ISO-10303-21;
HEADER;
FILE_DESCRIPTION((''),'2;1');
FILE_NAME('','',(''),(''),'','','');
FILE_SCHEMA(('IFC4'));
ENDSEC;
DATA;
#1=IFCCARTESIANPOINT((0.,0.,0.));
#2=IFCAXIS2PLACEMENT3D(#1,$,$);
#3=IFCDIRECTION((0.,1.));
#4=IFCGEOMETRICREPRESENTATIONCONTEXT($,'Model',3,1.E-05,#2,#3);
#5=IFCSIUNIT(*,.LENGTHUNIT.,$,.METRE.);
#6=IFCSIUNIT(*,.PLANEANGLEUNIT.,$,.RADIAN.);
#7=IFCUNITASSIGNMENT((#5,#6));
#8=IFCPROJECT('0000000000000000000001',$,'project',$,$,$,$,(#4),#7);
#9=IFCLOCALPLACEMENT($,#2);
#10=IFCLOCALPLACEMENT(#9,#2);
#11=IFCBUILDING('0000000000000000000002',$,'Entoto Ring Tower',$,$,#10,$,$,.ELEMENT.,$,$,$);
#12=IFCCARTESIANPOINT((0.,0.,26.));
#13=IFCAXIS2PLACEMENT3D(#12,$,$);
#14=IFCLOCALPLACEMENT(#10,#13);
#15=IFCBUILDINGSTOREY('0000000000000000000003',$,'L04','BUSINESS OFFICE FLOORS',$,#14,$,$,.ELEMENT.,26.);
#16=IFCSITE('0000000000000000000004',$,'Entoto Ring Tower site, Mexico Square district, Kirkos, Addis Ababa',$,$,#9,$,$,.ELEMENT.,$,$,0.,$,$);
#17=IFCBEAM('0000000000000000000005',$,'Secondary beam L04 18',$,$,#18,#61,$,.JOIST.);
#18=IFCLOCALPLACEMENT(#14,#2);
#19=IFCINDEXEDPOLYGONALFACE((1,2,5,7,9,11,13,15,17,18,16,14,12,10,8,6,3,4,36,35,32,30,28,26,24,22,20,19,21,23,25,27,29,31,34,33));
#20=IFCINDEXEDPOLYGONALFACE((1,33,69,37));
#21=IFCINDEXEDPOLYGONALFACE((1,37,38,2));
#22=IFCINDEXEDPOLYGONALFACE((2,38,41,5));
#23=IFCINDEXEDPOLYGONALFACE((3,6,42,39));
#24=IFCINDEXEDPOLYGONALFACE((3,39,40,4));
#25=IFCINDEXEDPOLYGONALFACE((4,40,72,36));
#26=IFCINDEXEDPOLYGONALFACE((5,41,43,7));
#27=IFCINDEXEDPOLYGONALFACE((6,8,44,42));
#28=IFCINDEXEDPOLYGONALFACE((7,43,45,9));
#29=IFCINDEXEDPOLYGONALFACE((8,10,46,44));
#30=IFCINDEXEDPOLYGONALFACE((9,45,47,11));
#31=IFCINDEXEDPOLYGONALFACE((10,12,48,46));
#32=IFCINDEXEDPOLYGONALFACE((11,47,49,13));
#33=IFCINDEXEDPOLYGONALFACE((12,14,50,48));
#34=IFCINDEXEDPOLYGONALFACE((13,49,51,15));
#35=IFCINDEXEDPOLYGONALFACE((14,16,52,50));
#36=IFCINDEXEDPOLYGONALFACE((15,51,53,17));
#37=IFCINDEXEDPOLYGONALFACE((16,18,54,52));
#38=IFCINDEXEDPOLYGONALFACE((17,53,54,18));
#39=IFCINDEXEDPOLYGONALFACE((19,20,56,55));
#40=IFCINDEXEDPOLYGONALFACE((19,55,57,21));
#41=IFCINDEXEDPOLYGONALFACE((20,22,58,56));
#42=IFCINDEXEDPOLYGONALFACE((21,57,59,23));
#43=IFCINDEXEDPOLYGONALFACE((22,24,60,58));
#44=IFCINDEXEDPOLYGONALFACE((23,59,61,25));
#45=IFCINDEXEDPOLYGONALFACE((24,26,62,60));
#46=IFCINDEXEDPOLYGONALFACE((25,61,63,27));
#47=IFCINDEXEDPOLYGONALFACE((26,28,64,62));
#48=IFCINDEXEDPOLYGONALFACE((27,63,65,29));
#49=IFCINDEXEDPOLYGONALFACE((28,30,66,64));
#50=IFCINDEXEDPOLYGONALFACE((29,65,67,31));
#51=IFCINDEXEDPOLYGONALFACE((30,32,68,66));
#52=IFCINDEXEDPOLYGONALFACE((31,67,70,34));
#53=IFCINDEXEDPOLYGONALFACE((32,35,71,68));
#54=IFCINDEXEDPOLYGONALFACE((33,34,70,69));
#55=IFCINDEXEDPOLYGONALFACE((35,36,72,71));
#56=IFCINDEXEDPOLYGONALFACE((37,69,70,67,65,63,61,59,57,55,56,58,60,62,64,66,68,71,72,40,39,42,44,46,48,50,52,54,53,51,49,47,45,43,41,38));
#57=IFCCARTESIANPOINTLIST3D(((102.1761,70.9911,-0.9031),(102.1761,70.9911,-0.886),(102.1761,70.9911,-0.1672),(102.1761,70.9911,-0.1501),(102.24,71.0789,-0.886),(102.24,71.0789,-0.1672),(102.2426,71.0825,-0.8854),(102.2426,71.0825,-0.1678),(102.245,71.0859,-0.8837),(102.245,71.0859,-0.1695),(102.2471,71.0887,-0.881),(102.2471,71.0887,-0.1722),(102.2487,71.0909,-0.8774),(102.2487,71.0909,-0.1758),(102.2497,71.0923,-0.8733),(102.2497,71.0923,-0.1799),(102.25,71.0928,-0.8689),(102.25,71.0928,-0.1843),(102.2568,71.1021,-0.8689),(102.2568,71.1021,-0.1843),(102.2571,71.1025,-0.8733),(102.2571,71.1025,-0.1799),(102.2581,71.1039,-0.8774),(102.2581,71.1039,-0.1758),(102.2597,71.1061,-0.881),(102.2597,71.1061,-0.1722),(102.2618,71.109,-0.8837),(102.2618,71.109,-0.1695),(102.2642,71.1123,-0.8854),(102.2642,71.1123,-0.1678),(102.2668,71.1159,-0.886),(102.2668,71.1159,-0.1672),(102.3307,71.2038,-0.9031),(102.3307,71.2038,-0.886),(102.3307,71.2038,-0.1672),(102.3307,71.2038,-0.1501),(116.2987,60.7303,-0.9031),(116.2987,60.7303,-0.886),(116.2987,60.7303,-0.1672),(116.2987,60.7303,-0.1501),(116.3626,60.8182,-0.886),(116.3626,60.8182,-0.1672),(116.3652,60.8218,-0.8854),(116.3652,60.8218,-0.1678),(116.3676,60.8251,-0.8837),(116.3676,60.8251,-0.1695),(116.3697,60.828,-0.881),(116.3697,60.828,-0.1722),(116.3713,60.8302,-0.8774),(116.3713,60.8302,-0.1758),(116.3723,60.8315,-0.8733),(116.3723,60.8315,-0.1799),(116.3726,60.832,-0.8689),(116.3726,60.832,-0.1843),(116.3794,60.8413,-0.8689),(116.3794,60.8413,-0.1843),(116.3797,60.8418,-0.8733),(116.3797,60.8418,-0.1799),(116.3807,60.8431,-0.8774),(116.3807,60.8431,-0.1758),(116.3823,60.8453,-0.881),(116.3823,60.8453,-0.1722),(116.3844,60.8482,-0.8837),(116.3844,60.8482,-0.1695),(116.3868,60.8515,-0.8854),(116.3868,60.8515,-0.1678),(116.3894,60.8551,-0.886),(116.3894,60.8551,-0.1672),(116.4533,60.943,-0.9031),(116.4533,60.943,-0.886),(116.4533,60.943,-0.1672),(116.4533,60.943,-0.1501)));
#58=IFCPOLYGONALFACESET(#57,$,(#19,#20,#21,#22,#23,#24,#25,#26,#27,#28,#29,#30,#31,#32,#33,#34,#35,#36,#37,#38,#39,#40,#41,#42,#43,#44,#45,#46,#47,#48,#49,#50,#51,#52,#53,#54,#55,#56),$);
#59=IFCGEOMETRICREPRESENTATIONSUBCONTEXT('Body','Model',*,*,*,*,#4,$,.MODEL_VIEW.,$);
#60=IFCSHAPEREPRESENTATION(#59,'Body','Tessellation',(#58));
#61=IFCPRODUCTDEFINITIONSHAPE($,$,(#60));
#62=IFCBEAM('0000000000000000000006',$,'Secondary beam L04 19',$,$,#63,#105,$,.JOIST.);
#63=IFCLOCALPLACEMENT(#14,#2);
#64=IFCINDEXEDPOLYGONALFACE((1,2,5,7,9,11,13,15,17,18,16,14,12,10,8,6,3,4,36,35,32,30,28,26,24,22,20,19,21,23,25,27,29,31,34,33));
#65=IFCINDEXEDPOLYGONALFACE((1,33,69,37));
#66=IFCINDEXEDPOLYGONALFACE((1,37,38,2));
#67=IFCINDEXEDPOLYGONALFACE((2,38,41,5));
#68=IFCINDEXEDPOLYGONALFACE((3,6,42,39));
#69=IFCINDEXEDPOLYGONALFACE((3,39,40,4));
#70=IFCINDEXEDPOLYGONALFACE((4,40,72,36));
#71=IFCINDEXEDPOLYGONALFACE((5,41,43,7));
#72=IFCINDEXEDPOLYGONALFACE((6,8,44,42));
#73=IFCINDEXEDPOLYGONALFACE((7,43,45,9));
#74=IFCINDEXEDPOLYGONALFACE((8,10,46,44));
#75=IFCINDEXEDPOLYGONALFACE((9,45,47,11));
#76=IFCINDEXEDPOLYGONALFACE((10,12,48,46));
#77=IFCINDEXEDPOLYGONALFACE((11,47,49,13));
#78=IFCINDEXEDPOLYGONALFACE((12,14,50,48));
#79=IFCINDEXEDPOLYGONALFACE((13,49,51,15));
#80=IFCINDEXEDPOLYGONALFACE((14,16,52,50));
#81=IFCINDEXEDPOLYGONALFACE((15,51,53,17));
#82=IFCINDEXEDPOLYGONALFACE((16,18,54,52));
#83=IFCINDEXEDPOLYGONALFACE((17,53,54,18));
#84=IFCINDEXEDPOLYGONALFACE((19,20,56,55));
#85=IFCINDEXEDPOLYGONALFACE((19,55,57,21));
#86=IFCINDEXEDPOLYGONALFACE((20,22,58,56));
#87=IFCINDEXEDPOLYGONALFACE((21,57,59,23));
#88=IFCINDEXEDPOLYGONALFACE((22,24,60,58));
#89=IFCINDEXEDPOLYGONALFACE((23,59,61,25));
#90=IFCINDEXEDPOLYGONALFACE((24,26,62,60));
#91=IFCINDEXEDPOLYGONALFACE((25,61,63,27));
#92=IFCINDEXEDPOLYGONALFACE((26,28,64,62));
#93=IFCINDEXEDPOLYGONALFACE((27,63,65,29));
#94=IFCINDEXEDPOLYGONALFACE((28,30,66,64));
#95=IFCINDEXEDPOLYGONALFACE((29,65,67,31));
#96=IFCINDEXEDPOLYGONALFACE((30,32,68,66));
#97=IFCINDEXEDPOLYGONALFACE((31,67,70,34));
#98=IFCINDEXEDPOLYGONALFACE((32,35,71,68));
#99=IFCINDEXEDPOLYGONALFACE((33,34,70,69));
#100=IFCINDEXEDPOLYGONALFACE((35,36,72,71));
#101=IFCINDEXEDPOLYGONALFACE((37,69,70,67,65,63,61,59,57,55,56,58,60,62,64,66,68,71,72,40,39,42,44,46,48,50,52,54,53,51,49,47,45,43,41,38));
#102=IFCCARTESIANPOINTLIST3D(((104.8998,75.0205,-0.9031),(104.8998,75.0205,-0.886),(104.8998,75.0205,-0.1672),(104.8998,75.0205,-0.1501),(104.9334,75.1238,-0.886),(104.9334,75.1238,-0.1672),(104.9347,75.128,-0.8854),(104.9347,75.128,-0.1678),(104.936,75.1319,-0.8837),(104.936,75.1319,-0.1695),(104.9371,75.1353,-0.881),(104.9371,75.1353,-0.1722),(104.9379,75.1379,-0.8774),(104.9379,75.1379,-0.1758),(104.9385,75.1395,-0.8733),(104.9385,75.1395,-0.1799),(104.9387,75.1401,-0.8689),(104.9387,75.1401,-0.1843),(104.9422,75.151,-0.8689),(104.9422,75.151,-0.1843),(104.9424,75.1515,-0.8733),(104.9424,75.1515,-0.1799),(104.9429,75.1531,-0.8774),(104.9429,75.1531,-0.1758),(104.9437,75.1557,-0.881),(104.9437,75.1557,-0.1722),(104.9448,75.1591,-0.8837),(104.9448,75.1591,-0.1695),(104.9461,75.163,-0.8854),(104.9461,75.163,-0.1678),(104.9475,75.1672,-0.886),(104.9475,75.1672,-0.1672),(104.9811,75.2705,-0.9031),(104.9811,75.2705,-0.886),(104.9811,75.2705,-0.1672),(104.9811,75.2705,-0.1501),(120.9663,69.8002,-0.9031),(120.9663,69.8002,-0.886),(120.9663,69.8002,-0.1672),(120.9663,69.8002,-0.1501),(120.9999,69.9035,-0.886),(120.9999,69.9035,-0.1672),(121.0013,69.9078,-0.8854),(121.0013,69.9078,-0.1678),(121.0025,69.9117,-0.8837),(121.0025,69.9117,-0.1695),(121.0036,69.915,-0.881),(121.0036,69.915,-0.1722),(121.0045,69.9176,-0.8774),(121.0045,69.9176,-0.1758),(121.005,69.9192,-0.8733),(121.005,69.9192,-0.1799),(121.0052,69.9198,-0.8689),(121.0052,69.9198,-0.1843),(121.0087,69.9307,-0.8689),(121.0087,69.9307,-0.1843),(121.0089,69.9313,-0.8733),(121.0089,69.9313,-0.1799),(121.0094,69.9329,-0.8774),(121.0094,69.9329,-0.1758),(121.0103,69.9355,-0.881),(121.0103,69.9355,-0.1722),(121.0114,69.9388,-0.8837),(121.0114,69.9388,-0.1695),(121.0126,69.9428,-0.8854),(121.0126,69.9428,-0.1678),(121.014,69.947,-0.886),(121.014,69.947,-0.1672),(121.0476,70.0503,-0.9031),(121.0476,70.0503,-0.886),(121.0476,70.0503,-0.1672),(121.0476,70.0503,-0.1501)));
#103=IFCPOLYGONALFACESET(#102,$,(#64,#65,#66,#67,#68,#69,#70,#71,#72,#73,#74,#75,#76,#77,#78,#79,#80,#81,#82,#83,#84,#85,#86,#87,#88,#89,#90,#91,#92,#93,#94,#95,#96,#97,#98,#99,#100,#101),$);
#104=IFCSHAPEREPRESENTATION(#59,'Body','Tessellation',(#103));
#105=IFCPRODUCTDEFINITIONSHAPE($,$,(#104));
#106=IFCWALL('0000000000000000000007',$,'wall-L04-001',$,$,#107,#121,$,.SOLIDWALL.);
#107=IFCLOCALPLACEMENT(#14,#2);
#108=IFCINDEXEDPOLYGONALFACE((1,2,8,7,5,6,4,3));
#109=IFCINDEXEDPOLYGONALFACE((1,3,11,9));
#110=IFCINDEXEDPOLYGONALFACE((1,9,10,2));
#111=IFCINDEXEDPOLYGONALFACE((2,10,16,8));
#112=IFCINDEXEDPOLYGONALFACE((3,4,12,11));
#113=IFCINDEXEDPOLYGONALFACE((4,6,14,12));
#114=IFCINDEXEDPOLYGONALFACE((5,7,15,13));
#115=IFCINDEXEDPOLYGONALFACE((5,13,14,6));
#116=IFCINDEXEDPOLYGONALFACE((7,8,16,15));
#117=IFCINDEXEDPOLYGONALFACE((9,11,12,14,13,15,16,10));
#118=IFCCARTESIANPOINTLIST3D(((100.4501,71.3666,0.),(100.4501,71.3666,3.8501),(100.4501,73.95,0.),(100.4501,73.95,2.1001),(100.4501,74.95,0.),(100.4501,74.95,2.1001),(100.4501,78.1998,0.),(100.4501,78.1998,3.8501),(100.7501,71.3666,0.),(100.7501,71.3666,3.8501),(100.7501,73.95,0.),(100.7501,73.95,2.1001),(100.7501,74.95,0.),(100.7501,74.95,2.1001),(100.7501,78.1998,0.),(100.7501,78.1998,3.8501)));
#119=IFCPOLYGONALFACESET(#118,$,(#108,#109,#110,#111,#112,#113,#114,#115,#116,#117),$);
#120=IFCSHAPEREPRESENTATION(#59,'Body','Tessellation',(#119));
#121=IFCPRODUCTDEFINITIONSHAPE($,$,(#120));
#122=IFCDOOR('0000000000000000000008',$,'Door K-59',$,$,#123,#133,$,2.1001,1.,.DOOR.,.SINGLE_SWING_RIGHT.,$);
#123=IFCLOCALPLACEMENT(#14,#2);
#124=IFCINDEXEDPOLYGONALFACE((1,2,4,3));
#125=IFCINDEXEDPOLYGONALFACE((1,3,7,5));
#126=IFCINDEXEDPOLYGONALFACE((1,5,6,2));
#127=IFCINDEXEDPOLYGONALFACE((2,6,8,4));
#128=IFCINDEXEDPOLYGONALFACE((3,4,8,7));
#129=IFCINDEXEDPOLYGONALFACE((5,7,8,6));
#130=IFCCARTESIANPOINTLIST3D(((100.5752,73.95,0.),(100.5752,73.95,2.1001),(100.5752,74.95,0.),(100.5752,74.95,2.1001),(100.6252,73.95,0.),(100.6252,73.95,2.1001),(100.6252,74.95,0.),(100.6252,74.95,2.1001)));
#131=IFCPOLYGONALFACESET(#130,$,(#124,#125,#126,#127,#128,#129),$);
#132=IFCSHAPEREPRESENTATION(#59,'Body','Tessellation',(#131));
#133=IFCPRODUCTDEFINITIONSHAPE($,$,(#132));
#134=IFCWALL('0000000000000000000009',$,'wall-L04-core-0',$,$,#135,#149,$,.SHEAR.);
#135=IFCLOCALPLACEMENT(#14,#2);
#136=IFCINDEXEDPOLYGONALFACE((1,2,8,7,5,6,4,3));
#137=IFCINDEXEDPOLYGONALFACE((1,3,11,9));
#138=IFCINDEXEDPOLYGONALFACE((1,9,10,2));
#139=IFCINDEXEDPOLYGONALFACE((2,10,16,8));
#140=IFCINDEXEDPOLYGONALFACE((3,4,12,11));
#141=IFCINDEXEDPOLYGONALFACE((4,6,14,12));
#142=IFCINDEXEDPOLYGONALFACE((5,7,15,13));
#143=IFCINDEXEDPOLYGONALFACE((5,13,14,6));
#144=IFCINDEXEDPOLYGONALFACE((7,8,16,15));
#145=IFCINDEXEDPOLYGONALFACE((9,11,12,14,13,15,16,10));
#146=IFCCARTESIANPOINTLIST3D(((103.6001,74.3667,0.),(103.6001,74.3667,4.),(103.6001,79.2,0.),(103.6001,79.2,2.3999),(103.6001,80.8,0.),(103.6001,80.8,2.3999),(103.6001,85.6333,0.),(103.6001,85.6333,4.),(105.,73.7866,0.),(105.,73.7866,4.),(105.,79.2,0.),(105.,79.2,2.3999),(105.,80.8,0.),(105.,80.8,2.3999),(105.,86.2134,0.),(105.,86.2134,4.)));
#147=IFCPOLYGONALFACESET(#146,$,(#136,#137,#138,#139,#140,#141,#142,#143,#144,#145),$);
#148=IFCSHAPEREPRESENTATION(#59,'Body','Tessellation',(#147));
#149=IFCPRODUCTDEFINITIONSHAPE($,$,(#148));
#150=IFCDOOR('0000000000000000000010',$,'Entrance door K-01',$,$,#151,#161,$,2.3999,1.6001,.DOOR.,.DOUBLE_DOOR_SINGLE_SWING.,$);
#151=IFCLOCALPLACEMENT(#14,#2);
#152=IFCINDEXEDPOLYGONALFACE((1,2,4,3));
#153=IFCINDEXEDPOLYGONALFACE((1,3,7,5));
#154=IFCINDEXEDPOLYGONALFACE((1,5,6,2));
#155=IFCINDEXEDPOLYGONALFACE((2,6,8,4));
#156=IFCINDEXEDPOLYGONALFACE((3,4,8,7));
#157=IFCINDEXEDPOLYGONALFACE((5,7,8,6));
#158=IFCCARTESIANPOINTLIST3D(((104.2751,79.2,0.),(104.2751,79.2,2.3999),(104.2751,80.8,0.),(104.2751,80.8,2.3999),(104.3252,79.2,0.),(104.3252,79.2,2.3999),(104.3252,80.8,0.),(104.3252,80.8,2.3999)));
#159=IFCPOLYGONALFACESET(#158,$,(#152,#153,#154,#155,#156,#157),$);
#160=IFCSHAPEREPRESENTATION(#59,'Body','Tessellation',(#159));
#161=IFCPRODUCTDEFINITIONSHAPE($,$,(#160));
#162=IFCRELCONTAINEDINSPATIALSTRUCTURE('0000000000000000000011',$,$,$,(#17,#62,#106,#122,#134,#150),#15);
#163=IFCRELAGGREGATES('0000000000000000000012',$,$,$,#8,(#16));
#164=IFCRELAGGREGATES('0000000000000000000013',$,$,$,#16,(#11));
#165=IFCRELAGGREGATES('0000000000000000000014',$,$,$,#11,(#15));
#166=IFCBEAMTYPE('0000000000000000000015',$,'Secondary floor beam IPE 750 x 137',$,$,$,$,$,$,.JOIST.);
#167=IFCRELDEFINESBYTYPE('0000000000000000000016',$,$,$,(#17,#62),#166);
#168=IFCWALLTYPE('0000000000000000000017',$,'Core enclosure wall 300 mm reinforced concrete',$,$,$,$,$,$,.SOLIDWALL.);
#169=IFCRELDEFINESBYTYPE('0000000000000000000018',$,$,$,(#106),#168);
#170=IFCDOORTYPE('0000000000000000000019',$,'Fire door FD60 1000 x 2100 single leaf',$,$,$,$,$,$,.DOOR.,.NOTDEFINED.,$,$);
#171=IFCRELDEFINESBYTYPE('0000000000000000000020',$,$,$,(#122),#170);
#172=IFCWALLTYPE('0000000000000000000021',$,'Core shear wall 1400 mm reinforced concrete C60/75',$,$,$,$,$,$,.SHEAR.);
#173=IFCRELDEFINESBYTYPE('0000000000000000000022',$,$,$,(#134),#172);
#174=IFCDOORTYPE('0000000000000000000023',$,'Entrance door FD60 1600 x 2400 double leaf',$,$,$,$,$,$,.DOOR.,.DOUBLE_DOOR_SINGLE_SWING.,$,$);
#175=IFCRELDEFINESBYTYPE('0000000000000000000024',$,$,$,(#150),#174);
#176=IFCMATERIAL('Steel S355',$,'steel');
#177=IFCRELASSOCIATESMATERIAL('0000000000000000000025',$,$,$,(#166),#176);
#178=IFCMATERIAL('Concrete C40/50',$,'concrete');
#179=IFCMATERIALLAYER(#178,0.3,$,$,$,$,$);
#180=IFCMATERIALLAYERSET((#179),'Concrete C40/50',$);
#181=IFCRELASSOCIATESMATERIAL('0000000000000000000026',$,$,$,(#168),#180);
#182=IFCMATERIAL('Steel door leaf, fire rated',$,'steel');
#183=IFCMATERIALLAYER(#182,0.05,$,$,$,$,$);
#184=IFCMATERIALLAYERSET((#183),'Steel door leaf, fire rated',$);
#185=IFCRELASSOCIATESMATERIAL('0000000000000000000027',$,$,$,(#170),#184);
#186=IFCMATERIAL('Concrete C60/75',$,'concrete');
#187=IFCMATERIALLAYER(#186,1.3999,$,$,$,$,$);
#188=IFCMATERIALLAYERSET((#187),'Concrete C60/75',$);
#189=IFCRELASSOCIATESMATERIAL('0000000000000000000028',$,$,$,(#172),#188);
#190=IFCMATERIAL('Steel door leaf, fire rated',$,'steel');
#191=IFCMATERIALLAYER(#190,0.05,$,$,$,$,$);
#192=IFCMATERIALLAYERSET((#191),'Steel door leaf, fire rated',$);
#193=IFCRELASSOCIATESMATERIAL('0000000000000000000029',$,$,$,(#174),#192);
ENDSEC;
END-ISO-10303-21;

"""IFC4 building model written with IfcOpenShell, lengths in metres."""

from ifc_helpers import new_model, si_unit, direction, frame, frame_2d, origin, origin_2d, place, context, subcontext, project, spatial, polyline, rectangle, i_section, outline, extrude, material, layer, layer_set, material_profile, profile_set, type_object, element, fill, save


model = new_model("IFC4")

# Units and contexts
model_context = context("Model", 3, precision=1e-05, world=origin(), true_north=direction((0.0, 1.0)))
body_context = subcontext(model_context, "Body", "Model", "MODEL_VIEW")
ifc_project = project(units=[si_unit("LENGTHUNIT", "METRE"), si_unit("PLANEANGLEUNIT", "RADIAN")], contexts=[model_context])

# Site, building, storey
site_placement = place(None, origin())
site = spatial("IfcSite", under=ifc_project, at=site_placement, Name="Entoto Ring Tower site, Mexico Square district, Kirkos, Addis Ababa", CompositionType="ELEMENT", RefElevation=0.0)
building_placement = place(site_placement, origin())
building = spatial("IfcBuilding", under=site, at=building_placement, Name="Entoto Ring Tower", CompositionType="ELEMENT")
storey_placement = place(building_placement, frame((0.0, 0.0, 26.0)))
storey = spatial("IfcBuildingStorey", under=building, at=storey_placement, Name="L04", Description="BUSINESS OFFICE FLOORS", CompositionType="ELEMENT", Elevation=26.0)

# Beams
ifc_material_1 = material(Name="Steel S355", Category="steel")
ifc_material_profile_1 = material_profile(ifc_material_1, i_section(OverallWidth=0.2629, OverallDepth=0.7529, WebThickness=0.0115, FlangeThickness=0.0171, FilletRadius=0.0171, at=origin_2d()), Name="IPE 750 x 137")
ifc_profile_set_1 = profile_set([ifc_material_profile_1], Name="Steel S355")
beam_type_1 = type_object("IfcBeamType", Name="Secondary floor beam IPE 750 x 137", PredefinedType="JOIST", material=ifc_profile_set_1)
for number, where, z_axis, x_axis, name in (
    (1, (102.2534, 71.0974, -0.5266), (0.809014, -0.587789, 0.0), (0.587789, 0.809014, 0.0), "Secondary beam L04 18"),
):
    element("IfcBeam", number, at=place(storey_placement, frame(where, z_axis=z_axis, x_axis=x_axis)), inside=storey, type_object=beam_type_1, Name=name, PredefinedType="JOIST", context=body_context, shape_type="SweptSolid", body=[
        extrude(i_section(OverallWidth=0.2629, OverallDepth=0.7529, WebThickness=0.0115, FlangeThickness=0.0171, FilletRadius=0.0171, at=origin_2d()), origin(), (0.0, 0.0, 1.0), 17.4565),
    ])
beam_1_placement = place(storey_placement, frame((104.9404, 75.1455, -0.5266), z_axis=(0.951058, -0.309013, 0.0), x_axis=(0.309013, 0.951058, 0.0)))
element("IfcBeam", 2, at=beam_1_placement, inside=storey, type_object=beam_type_1, Name="Secondary beam L04 19", PredefinedType="JOIST", context=body_context, shape_type="SweptSolid", body=[
    extrude(i_section(OverallWidth=0.2629, OverallDepth=0.7529, WebThickness=0.0115, FlangeThickness=0.0171, FilletRadius=0.0171, at=origin_2d()), origin(), (0.0, 0.0, 1.0), 16.8933),
])

# Walls, openings, doors
ifc_material_2 = material(Name="Concrete C40/50", Category="concrete")
ifc_layer_1 = layer(ifc_material_2, 0.3)
ifc_layer_set_1 = layer_set([ifc_layer_1], Name="Concrete C40/50")
wall_type_1 = type_object("IfcWallType", Name="Core enclosure wall 300 mm reinforced concrete", PredefinedType="SOLIDWALL", material=ifc_layer_set_1)
wall_1_placement = place(storey_placement, frame((100.6001, 71.3667, 0.0), z_axis=(0.0, 0.0, 1.0), x_axis=(0.0, 1.0, 0.0)))
wall_1 = element("IfcWall", 3, at=wall_1_placement, inside=storey, type_object=wall_type_1, Name="wall-L04-001", PredefinedType="SOLIDWALL", context=body_context, shape_type="SweptSolid", body=[
    extrude(rectangle(XDim=6.8333, YDim=0.3, at=frame_2d((3.4165, 0.0))), origin(), (0.0, 0.0, 1.0), 3.8501),
])
opening_1_placement = place(wall_1_placement, frame((2.5833, 0.0, 0.0)))
opening_1 = element("IfcOpeningElement", 4, at=opening_1_placement, cuts=wall_1, PredefinedType="OPENING", context=body_context, shape_type="SweptSolid", body=[
    extrude(rectangle(XDim=1.0, YDim=2.1001, at=frame_2d((0.5, 1.05))), frame((0.0, 0.1602, 0.0), z_axis=(0.0, -1.0, 0.0), x_axis=(1.0, 0.0, 0.0)), (0.0, 0.0, 1.0), 0.3201),
])
ifc_material_3 = material(Name="Steel door leaf, fire rated", Category="steel")
ifc_layer_2 = layer(ifc_material_3, 0.05)
ifc_layer_set_2 = layer_set([ifc_layer_2], Name="Steel door leaf, fire rated")
door_type_1 = type_object("IfcDoorType", Name="Fire door FD60 1000 x 2100 single leaf", OperationType="NOTDEFINED", PredefinedType="DOOR", material=ifc_layer_set_2)
door_1_placement = place(opening_1_placement, origin())
door_1 = element("IfcDoor", 5, at=door_1_placement, inside=storey, type_object=door_type_1, Name="Door K-59", OperationType="SINGLE_SWING_RIGHT", OverallHeight=2.1001, OverallWidth=1.0, PredefinedType="DOOR", context=body_context, shape_type="SweptSolid", body=[
    extrude(rectangle(XDim=1.0, YDim=2.1001, at=frame_2d((0.5, 1.05))), frame((0.0, 0.0249, 0.0), z_axis=(0.0, -1.0, 0.0), x_axis=(1.0, 0.0, 0.0)), (0.0, 0.0, 1.0), 0.05),
])
fill(opening_1, door_1)
ifc_material_4 = material(Name="Concrete C60/75", Category="concrete")
ifc_layer_3 = layer(ifc_material_4, 1.3999)
ifc_layer_set_3 = layer_set([ifc_layer_3], Name="Concrete C60/75")
wall_type_2 = type_object("IfcWallType", Name="Core shear wall 1400 mm reinforced concrete C60/75", PredefinedType="SHEAR", material=ifc_layer_set_3)
wall_2_placement = place(storey_placement, frame((104.3, 74.0767, 0.0), z_axis=(0.0, 0.0, 1.0), x_axis=(0.0, 1.0, 0.0)))
wall_2 = element("IfcWall", 6, at=wall_2_placement, inside=storey, type_object=wall_type_2, Name="wall-L04-core-0", PredefinedType="SHEAR", context=body_context, shape_type="SweptSolid", body=[
    extrude(outline(polyline([(-0.29, -0.7), (12.1367, -0.7), (11.5566, 0.7), (0.29, 0.7), (-0.29, -0.7)])), origin(), (0.0, 0.0, 1.0), 4.0),
])
opening_2_placement = place(wall_2_placement, frame((5.1233, 0.0, 0.0)))
opening_2 = element("IfcOpeningElement", 7, at=opening_2_placement, cuts=wall_2, PredefinedType="OPENING", context=body_context, shape_type="SweptSolid", body=[
    extrude(rectangle(XDim=1.6001, YDim=2.3999, at=frame_2d((0.8, 1.2))), frame((0.0, 0.71, 0.0), z_axis=(0.0, -1.0, 0.0), x_axis=(1.0, 0.0, 0.0)), (0.0, 0.0, 1.0), 1.4199),
])
ifc_material_5 = material(Name="Steel door leaf, fire rated", Category="steel")
ifc_layer_4 = layer(ifc_material_5, 0.05)
ifc_layer_set_4 = layer_set([ifc_layer_4], Name="Steel door leaf, fire rated")
door_type_2 = type_object("IfcDoorType", Name="Entrance door FD60 1600 x 2400 double leaf", OperationType="DOUBLE_DOOR_SINGLE_SWING", PredefinedType="DOOR", material=ifc_layer_set_4)
door_2_placement = place(opening_2_placement, origin())
door_2 = element("IfcDoor", 8, at=door_2_placement, inside=storey, type_object=door_type_2, Name="Entrance door K-01", OperationType="DOUBLE_DOOR_SINGLE_SWING", OverallHeight=2.3999, OverallWidth=1.6001, PredefinedType="DOOR", context=body_context, shape_type="SweptSolid", body=[
    extrude(rectangle(XDim=1.6001, YDim=2.3999, at=frame_2d((0.8, 1.2))), frame((0.0, 0.0249, 0.0), z_axis=(0.0, -1.0, 0.0), x_axis=(1.0, 0.0, 0.0)), (0.0, 0.0, 1.0), 0.05),
])
fill(opening_2, door_2)

save(model, "model.ifc")
